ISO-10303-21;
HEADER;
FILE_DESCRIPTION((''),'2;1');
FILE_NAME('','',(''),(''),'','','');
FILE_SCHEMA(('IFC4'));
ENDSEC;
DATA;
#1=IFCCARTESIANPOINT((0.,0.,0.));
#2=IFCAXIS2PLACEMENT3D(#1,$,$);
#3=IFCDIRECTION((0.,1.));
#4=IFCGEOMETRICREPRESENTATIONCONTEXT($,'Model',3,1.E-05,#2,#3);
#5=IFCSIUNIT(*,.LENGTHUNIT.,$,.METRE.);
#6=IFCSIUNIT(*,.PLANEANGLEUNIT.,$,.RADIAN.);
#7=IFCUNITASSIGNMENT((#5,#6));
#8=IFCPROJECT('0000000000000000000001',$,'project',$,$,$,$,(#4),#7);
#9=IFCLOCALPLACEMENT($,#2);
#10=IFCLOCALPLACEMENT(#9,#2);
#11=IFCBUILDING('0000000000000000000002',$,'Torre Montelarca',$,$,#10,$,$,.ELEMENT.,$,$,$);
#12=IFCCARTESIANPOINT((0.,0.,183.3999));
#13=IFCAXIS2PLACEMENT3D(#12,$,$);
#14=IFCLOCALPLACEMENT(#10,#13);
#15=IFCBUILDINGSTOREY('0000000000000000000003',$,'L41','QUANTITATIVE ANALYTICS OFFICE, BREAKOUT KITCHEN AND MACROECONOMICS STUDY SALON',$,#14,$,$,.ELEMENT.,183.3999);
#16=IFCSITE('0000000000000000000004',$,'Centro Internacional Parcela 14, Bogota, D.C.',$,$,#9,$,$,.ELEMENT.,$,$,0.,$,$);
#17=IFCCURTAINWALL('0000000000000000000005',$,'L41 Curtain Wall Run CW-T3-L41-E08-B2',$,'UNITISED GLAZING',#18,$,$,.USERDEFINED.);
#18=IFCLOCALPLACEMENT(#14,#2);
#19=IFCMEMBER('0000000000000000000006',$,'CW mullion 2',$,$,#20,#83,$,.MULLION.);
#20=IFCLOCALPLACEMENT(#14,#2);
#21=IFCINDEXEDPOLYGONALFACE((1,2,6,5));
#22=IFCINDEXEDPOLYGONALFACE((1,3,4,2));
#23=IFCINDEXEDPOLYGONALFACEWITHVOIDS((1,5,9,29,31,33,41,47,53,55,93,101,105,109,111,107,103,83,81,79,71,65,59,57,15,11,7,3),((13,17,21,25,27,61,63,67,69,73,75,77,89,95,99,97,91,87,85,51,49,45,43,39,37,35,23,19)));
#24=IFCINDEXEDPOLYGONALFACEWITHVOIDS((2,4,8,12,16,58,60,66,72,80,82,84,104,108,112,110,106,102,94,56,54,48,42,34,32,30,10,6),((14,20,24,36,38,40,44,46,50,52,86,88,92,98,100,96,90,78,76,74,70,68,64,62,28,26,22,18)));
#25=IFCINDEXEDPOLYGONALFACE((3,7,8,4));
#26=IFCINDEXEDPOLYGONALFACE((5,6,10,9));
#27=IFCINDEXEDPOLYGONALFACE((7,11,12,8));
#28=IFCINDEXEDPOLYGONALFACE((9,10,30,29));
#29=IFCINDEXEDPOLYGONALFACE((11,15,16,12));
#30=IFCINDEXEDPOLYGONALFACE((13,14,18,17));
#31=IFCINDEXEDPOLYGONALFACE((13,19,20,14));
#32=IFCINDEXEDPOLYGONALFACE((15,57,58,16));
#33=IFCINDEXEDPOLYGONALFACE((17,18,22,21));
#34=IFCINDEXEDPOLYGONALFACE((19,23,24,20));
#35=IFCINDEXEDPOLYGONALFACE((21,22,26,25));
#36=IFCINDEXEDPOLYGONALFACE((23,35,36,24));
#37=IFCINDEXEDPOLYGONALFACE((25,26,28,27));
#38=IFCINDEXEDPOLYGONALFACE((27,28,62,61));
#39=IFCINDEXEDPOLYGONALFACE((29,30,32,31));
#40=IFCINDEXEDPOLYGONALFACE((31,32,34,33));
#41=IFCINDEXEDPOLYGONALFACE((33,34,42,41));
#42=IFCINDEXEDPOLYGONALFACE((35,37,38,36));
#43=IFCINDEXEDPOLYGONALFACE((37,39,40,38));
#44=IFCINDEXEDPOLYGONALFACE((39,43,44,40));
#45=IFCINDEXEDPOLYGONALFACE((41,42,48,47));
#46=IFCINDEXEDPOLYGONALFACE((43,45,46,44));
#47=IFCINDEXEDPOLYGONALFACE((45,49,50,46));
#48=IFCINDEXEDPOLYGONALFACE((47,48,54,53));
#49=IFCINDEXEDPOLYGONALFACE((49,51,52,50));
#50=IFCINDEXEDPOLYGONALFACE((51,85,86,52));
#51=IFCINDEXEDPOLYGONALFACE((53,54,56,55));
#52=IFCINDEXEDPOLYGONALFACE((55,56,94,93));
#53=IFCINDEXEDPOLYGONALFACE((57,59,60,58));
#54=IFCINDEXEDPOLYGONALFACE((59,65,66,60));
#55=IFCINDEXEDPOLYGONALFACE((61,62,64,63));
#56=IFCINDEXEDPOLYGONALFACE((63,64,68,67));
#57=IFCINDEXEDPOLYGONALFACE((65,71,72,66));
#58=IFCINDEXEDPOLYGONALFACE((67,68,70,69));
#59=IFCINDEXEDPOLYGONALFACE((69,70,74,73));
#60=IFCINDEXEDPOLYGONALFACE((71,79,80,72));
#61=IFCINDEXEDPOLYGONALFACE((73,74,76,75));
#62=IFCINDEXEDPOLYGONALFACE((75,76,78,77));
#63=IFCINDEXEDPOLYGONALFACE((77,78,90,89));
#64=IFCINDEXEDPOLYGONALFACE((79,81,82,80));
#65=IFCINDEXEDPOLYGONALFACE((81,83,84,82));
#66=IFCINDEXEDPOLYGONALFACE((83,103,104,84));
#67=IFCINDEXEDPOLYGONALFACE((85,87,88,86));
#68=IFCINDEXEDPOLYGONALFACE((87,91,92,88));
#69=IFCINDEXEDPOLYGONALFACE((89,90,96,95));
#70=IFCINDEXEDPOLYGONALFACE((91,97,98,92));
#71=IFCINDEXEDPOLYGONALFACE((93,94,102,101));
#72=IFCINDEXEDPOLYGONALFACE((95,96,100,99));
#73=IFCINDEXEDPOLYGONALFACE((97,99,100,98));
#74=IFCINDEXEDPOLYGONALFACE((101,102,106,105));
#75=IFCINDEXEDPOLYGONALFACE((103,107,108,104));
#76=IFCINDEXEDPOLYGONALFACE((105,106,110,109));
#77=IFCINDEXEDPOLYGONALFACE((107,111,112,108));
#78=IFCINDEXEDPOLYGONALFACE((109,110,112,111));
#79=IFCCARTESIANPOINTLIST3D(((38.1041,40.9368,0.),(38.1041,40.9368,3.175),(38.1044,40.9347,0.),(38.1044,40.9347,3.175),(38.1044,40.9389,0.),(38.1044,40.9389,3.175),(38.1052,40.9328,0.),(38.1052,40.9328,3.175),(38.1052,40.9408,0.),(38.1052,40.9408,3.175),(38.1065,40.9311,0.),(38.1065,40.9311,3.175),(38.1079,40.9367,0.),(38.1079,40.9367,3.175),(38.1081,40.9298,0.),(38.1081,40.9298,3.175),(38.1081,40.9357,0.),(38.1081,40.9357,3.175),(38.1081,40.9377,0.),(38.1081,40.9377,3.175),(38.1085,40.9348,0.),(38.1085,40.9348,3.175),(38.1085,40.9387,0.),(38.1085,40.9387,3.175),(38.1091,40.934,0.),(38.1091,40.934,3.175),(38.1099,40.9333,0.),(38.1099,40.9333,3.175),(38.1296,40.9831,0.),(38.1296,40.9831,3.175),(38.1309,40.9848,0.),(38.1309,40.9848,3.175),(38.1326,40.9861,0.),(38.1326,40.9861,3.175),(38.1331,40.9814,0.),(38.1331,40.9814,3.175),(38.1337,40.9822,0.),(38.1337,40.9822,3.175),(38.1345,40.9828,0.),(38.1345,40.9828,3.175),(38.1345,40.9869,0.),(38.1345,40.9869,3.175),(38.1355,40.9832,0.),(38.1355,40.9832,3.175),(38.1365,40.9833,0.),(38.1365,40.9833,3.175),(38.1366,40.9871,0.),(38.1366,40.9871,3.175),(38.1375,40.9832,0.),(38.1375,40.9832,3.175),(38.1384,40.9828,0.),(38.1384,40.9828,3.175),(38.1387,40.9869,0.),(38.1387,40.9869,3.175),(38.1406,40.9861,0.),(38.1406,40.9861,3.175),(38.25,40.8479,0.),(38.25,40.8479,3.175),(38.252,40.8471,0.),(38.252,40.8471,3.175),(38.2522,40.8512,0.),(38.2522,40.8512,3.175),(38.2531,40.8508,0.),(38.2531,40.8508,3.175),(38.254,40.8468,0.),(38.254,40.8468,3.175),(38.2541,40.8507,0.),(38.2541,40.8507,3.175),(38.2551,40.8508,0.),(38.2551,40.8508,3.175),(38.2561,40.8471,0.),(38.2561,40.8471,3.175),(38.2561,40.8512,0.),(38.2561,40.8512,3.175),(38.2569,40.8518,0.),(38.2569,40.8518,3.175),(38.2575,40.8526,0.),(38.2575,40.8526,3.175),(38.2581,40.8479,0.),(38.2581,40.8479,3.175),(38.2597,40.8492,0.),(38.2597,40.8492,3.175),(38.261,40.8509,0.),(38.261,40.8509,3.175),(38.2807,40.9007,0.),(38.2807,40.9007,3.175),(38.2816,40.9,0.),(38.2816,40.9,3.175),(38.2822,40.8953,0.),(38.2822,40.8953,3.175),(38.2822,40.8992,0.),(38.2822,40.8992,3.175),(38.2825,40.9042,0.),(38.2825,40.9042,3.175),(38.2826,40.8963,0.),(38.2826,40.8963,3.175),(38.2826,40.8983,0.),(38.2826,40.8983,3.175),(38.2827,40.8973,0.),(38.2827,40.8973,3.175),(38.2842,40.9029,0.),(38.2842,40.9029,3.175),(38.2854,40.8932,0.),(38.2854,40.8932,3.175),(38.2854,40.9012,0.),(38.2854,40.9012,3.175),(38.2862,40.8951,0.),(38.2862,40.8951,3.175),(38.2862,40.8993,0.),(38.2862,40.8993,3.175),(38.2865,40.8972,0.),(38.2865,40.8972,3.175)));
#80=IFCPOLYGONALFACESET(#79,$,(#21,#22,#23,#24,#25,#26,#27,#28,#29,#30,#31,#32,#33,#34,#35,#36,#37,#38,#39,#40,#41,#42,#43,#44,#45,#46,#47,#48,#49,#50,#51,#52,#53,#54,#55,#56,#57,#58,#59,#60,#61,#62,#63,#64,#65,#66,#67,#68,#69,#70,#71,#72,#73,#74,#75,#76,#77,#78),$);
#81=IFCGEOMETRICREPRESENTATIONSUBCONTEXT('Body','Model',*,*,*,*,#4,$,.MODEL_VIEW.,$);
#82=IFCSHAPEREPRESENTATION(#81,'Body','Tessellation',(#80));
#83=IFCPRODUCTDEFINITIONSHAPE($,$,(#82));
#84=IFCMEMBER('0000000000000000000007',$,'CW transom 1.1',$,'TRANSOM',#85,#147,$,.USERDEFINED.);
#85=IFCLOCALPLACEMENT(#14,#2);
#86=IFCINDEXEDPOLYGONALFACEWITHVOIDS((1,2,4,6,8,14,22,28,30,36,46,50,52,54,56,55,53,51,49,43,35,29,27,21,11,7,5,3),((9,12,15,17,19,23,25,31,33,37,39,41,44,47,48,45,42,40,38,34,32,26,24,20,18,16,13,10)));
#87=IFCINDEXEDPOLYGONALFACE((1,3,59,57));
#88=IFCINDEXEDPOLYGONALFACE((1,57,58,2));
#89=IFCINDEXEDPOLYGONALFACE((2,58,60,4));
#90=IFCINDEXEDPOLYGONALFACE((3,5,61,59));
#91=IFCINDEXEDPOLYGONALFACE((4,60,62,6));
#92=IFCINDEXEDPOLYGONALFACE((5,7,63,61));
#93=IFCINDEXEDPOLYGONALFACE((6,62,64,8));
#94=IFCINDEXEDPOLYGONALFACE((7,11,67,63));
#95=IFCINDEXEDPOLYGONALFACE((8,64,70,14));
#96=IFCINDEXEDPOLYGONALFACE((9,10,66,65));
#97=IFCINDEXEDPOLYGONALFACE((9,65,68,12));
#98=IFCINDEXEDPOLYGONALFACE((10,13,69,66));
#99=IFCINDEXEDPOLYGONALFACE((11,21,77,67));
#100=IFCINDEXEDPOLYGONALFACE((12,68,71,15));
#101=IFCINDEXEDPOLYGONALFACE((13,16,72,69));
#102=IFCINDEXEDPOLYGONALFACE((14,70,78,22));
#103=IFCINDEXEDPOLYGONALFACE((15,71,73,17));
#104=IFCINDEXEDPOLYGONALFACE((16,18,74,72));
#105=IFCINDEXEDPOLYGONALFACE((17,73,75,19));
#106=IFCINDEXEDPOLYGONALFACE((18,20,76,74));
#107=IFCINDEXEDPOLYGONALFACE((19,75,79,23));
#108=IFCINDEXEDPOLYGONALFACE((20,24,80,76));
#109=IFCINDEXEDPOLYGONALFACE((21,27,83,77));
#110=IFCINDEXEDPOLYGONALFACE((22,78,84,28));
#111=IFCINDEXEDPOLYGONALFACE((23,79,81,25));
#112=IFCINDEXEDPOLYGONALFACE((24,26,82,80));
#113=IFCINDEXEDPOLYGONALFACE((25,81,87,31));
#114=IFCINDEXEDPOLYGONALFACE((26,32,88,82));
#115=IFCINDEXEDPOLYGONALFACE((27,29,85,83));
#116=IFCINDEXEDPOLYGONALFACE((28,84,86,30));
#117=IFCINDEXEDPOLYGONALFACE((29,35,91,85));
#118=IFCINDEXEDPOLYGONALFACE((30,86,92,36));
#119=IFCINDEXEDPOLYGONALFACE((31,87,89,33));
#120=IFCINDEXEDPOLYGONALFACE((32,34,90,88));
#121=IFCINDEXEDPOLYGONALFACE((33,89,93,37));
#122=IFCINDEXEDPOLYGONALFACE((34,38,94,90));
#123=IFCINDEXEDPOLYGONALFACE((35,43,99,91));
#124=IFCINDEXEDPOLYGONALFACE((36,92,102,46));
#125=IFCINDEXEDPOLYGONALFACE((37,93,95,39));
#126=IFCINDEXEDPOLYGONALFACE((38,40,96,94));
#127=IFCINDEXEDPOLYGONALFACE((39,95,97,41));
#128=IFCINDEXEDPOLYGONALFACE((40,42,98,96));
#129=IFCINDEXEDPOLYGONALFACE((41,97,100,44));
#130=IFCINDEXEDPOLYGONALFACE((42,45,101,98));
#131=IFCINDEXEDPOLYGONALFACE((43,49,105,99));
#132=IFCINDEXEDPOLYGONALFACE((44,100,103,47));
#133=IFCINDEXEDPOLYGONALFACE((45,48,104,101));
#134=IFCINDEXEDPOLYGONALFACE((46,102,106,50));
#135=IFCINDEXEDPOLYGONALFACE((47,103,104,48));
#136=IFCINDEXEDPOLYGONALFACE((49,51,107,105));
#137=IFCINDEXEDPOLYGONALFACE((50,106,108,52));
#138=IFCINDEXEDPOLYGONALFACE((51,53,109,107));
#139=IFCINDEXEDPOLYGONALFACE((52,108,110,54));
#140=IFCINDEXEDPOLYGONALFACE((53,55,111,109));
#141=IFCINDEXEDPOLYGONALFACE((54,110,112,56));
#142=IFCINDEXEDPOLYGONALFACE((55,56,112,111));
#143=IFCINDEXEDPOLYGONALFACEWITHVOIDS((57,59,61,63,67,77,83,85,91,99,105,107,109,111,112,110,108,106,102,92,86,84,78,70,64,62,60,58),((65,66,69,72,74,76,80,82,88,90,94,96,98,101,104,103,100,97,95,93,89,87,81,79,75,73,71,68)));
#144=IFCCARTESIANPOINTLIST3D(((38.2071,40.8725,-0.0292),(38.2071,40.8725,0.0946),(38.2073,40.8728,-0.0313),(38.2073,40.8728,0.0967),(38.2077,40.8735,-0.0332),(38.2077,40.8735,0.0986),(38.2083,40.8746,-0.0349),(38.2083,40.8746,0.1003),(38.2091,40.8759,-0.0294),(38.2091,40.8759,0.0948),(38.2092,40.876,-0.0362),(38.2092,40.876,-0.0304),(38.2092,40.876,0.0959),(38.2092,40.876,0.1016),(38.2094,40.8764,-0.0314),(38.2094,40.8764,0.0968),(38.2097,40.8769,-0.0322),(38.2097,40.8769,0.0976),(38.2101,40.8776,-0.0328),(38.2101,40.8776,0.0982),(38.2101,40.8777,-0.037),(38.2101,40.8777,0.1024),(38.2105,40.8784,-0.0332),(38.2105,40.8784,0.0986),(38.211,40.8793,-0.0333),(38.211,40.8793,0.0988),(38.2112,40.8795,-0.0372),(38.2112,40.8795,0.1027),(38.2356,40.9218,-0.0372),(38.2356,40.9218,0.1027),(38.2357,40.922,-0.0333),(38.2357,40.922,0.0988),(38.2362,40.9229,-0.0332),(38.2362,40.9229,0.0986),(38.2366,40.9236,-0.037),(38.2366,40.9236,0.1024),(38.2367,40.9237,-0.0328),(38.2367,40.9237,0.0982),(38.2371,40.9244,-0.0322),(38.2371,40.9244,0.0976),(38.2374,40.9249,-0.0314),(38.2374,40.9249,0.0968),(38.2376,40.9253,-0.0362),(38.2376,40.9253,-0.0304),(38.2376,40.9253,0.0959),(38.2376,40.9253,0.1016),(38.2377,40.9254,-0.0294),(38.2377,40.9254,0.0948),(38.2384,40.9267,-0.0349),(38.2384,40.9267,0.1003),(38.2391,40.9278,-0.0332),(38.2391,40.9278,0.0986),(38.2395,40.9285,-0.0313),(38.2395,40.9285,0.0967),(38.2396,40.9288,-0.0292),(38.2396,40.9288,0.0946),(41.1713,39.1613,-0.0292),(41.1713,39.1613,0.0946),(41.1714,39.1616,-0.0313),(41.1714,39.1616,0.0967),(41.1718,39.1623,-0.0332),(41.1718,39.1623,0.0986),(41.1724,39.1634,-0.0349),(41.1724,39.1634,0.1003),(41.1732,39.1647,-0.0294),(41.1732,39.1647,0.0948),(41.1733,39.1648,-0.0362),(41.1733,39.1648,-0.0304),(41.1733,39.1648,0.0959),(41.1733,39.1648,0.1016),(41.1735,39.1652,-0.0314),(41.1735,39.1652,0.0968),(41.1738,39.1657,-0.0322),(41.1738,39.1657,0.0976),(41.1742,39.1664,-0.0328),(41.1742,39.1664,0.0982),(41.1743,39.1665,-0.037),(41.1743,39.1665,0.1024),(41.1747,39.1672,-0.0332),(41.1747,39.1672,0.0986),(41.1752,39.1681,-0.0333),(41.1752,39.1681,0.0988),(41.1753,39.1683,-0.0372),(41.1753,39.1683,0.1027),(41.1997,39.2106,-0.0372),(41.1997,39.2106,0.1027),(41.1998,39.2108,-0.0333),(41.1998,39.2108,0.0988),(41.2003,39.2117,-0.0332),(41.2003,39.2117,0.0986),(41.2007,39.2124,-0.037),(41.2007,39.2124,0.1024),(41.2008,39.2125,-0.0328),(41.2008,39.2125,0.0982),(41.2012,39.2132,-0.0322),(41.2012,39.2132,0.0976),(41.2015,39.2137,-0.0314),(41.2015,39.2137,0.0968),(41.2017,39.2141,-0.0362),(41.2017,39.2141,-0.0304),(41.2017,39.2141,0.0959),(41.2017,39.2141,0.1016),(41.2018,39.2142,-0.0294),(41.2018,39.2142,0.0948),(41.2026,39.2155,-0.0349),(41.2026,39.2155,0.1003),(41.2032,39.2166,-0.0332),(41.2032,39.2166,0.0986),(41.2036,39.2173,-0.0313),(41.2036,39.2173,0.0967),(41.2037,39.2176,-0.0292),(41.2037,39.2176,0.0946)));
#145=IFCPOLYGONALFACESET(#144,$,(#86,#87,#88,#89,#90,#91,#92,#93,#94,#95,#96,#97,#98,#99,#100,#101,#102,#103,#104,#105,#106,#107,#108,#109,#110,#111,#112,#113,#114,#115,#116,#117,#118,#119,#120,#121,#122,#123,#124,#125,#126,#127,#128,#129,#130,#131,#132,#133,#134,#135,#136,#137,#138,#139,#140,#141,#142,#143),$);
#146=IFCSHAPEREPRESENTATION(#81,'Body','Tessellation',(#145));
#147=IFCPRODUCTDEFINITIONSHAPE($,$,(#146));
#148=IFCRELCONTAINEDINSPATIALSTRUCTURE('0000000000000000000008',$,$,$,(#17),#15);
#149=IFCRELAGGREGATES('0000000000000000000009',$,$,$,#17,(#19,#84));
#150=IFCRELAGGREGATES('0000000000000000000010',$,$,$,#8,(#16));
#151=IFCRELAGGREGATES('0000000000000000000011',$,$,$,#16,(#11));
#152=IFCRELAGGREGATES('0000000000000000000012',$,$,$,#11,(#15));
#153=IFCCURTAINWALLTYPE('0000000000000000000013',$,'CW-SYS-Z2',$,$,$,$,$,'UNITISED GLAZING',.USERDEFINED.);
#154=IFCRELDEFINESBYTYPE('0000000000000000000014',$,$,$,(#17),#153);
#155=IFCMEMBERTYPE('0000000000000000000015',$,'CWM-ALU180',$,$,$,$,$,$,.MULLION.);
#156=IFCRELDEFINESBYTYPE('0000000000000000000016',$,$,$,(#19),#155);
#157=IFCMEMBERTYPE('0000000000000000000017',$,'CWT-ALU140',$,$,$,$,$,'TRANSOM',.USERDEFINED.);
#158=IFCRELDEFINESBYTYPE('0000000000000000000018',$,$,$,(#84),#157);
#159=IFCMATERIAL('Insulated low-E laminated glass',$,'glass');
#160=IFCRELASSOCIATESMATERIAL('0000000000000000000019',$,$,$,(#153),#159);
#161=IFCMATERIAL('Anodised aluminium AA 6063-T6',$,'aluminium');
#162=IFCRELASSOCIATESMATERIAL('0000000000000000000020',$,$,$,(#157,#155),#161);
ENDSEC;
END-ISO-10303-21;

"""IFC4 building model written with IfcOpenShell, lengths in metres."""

from ifc_helpers import new_model, si_unit, direction, frame, origin, origin_2d, place, context, subcontext, project, spatial, hollow_rectangle, extrude, source, transform, mapped, material, material_profile, profile_set, type_object, element, aggregate, save


model = new_model("IFC4")

# Units and contexts
model_context = context("Model", 3, precision=1e-05, world=origin(), true_north=direction((0.0, 1.0)))
body_context = subcontext(model_context, "Body", "Model", "MODEL_VIEW")
ifc_project = project(units=[si_unit("LENGTHUNIT", "METRE"), si_unit("PLANEANGLEUNIT", "RADIAN")], contexts=[model_context])

# Site, building, storey
site_placement = place(None, origin())
site = spatial("IfcSite", under=ifc_project, at=site_placement, Name="Centro Internacional Parcela 14, Bogota, D.C.", CompositionType="ELEMENT", RefElevation=0.0)
building_placement = place(site_placement, origin())
building = spatial("IfcBuilding", under=site, at=building_placement, Name="Torre Montelarca", CompositionType="ELEMENT")
storey_placement = place(building_placement, frame((0.0, 0.0, 183.3999)))
storey = spatial("IfcBuildingStorey", under=building, at=storey_placement, Name="L41", Description="QUANTITATIVE ANALYTICS OFFICE, BREAKOUT KITCHEN AND MACROECONOMICS STUDY SALON", CompositionType="ELEMENT", Elevation=183.3999)

# Curtain wall, members
ifc_material_1 = material(Name="Insulated low-E laminated glass", Category="glass")
curtain_wall_type = type_object("IfcCurtainWallType", Name="CW-SYS-Z2", ElementType="UNITISED GLAZING", PredefinedType="USERDEFINED", material=ifc_material_1)
ifc_material_2 = material(Name="Anodised aluminium AA 6063-T6", Category="aluminium")
ifc_material_profile_1 = material_profile(ifc_material_2, hollow_rectangle(XDim=0.0649, YDim=0.1399, WallThickness=0.0039, InnerFilletRadius=0.0039, OuterFilletRadius=0.0081, at=origin_2d()), Name="ALU65X140X4", Category="aluminium")
ifc_profile_set_1 = profile_set([ifc_material_profile_1], Name="Anodised aluminium AA 6063-T6")
member_type_1 = type_object("IfcMemberType", Name="CWT-ALU140", ElementType="TRANSOM", PredefinedType="USERDEFINED", material=ifc_profile_set_1)
ifc_material_profile_2 = material_profile(ifc_material_2, hollow_rectangle(XDim=0.0649, YDim=0.1799, WallThickness=0.0039, InnerFilletRadius=0.0039, OuterFilletRadius=0.0081, at=origin_2d()), Name="ALU65X180X4", Category="aluminium")
ifc_profile_set_2 = profile_set([ifc_material_profile_2], Name="Anodised aluminium AA 6063-T6")
member_type_2 = type_object("IfcMemberType", Name="CWM-ALU180", PredefinedType="MULLION", material=ifc_profile_set_2)
shared_shape_1 = source(origin(), body_context, "Body", "SweptSolid", [
    extrude(hollow_rectangle(XDim=0.0649, YDim=0.1799, WallThickness=0.0039, InnerFilletRadius=0.0039, OuterFilletRadius=0.0081, at=origin_2d()), origin(), (0.0, 0.0, 1.0), 3.175),
])
curtain_wall_1_placement = place(storey_placement, origin())
curtain_wall_1 = element("IfcCurtainWall", 1, at=curtain_wall_1_placement, inside=storey, type_object=curtain_wall_type, Name="L41 Curtain Wall Run CW-T3-L41-E08-B2", ObjectType="UNITISED GLAZING", PredefinedType="USERDEFINED")
member_1_placement = place(storey_placement, frame((38.1953, 40.917, 0.0), z_axis=(0.0, 0.0, 1.0), x_axis=(-0.499995, -0.866028, 0.0)))
member_1 = element("IfcMember", 2, at=member_1_placement, type_object=member_type_2, Name="CW mullion 2", PredefinedType="MULLION", context=body_context, shape_type="MappedRepresentation", body=[
    mapped(shared_shape_1, transform((0.0, 0.0, 0.0), scale=1.0)),
])
shared_shape_2 = source(origin(), body_context, "Body", "SweptSolid", [
    extrude(hollow_rectangle(XDim=0.0649, YDim=0.1399, WallThickness=0.0039, InnerFilletRadius=0.0039, OuterFilletRadius=0.0081, at=origin_2d()), origin(), (0.0, 0.0, 1.0), 3.4226),
])
member_2_placement = place(storey_placement, frame((41.1875, 39.1895, 0.0327), z_axis=(-0.866044, 0.499967, 0.0), x_axis=(-0.499967, -0.866044, 0.0)))
member_2 = element("IfcMember", 3, at=member_2_placement, type_object=member_type_1, Name="CW transom 1.1", ObjectType="TRANSOM", PredefinedType="USERDEFINED", context=body_context, shape_type="MappedRepresentation", body=[
    mapped(shared_shape_2, transform((0.0, 0.0, 0.0), scale=1.0)),
])

aggregate(curtain_wall_1, [member_1, member_2])

save(model, "model.ifc")
